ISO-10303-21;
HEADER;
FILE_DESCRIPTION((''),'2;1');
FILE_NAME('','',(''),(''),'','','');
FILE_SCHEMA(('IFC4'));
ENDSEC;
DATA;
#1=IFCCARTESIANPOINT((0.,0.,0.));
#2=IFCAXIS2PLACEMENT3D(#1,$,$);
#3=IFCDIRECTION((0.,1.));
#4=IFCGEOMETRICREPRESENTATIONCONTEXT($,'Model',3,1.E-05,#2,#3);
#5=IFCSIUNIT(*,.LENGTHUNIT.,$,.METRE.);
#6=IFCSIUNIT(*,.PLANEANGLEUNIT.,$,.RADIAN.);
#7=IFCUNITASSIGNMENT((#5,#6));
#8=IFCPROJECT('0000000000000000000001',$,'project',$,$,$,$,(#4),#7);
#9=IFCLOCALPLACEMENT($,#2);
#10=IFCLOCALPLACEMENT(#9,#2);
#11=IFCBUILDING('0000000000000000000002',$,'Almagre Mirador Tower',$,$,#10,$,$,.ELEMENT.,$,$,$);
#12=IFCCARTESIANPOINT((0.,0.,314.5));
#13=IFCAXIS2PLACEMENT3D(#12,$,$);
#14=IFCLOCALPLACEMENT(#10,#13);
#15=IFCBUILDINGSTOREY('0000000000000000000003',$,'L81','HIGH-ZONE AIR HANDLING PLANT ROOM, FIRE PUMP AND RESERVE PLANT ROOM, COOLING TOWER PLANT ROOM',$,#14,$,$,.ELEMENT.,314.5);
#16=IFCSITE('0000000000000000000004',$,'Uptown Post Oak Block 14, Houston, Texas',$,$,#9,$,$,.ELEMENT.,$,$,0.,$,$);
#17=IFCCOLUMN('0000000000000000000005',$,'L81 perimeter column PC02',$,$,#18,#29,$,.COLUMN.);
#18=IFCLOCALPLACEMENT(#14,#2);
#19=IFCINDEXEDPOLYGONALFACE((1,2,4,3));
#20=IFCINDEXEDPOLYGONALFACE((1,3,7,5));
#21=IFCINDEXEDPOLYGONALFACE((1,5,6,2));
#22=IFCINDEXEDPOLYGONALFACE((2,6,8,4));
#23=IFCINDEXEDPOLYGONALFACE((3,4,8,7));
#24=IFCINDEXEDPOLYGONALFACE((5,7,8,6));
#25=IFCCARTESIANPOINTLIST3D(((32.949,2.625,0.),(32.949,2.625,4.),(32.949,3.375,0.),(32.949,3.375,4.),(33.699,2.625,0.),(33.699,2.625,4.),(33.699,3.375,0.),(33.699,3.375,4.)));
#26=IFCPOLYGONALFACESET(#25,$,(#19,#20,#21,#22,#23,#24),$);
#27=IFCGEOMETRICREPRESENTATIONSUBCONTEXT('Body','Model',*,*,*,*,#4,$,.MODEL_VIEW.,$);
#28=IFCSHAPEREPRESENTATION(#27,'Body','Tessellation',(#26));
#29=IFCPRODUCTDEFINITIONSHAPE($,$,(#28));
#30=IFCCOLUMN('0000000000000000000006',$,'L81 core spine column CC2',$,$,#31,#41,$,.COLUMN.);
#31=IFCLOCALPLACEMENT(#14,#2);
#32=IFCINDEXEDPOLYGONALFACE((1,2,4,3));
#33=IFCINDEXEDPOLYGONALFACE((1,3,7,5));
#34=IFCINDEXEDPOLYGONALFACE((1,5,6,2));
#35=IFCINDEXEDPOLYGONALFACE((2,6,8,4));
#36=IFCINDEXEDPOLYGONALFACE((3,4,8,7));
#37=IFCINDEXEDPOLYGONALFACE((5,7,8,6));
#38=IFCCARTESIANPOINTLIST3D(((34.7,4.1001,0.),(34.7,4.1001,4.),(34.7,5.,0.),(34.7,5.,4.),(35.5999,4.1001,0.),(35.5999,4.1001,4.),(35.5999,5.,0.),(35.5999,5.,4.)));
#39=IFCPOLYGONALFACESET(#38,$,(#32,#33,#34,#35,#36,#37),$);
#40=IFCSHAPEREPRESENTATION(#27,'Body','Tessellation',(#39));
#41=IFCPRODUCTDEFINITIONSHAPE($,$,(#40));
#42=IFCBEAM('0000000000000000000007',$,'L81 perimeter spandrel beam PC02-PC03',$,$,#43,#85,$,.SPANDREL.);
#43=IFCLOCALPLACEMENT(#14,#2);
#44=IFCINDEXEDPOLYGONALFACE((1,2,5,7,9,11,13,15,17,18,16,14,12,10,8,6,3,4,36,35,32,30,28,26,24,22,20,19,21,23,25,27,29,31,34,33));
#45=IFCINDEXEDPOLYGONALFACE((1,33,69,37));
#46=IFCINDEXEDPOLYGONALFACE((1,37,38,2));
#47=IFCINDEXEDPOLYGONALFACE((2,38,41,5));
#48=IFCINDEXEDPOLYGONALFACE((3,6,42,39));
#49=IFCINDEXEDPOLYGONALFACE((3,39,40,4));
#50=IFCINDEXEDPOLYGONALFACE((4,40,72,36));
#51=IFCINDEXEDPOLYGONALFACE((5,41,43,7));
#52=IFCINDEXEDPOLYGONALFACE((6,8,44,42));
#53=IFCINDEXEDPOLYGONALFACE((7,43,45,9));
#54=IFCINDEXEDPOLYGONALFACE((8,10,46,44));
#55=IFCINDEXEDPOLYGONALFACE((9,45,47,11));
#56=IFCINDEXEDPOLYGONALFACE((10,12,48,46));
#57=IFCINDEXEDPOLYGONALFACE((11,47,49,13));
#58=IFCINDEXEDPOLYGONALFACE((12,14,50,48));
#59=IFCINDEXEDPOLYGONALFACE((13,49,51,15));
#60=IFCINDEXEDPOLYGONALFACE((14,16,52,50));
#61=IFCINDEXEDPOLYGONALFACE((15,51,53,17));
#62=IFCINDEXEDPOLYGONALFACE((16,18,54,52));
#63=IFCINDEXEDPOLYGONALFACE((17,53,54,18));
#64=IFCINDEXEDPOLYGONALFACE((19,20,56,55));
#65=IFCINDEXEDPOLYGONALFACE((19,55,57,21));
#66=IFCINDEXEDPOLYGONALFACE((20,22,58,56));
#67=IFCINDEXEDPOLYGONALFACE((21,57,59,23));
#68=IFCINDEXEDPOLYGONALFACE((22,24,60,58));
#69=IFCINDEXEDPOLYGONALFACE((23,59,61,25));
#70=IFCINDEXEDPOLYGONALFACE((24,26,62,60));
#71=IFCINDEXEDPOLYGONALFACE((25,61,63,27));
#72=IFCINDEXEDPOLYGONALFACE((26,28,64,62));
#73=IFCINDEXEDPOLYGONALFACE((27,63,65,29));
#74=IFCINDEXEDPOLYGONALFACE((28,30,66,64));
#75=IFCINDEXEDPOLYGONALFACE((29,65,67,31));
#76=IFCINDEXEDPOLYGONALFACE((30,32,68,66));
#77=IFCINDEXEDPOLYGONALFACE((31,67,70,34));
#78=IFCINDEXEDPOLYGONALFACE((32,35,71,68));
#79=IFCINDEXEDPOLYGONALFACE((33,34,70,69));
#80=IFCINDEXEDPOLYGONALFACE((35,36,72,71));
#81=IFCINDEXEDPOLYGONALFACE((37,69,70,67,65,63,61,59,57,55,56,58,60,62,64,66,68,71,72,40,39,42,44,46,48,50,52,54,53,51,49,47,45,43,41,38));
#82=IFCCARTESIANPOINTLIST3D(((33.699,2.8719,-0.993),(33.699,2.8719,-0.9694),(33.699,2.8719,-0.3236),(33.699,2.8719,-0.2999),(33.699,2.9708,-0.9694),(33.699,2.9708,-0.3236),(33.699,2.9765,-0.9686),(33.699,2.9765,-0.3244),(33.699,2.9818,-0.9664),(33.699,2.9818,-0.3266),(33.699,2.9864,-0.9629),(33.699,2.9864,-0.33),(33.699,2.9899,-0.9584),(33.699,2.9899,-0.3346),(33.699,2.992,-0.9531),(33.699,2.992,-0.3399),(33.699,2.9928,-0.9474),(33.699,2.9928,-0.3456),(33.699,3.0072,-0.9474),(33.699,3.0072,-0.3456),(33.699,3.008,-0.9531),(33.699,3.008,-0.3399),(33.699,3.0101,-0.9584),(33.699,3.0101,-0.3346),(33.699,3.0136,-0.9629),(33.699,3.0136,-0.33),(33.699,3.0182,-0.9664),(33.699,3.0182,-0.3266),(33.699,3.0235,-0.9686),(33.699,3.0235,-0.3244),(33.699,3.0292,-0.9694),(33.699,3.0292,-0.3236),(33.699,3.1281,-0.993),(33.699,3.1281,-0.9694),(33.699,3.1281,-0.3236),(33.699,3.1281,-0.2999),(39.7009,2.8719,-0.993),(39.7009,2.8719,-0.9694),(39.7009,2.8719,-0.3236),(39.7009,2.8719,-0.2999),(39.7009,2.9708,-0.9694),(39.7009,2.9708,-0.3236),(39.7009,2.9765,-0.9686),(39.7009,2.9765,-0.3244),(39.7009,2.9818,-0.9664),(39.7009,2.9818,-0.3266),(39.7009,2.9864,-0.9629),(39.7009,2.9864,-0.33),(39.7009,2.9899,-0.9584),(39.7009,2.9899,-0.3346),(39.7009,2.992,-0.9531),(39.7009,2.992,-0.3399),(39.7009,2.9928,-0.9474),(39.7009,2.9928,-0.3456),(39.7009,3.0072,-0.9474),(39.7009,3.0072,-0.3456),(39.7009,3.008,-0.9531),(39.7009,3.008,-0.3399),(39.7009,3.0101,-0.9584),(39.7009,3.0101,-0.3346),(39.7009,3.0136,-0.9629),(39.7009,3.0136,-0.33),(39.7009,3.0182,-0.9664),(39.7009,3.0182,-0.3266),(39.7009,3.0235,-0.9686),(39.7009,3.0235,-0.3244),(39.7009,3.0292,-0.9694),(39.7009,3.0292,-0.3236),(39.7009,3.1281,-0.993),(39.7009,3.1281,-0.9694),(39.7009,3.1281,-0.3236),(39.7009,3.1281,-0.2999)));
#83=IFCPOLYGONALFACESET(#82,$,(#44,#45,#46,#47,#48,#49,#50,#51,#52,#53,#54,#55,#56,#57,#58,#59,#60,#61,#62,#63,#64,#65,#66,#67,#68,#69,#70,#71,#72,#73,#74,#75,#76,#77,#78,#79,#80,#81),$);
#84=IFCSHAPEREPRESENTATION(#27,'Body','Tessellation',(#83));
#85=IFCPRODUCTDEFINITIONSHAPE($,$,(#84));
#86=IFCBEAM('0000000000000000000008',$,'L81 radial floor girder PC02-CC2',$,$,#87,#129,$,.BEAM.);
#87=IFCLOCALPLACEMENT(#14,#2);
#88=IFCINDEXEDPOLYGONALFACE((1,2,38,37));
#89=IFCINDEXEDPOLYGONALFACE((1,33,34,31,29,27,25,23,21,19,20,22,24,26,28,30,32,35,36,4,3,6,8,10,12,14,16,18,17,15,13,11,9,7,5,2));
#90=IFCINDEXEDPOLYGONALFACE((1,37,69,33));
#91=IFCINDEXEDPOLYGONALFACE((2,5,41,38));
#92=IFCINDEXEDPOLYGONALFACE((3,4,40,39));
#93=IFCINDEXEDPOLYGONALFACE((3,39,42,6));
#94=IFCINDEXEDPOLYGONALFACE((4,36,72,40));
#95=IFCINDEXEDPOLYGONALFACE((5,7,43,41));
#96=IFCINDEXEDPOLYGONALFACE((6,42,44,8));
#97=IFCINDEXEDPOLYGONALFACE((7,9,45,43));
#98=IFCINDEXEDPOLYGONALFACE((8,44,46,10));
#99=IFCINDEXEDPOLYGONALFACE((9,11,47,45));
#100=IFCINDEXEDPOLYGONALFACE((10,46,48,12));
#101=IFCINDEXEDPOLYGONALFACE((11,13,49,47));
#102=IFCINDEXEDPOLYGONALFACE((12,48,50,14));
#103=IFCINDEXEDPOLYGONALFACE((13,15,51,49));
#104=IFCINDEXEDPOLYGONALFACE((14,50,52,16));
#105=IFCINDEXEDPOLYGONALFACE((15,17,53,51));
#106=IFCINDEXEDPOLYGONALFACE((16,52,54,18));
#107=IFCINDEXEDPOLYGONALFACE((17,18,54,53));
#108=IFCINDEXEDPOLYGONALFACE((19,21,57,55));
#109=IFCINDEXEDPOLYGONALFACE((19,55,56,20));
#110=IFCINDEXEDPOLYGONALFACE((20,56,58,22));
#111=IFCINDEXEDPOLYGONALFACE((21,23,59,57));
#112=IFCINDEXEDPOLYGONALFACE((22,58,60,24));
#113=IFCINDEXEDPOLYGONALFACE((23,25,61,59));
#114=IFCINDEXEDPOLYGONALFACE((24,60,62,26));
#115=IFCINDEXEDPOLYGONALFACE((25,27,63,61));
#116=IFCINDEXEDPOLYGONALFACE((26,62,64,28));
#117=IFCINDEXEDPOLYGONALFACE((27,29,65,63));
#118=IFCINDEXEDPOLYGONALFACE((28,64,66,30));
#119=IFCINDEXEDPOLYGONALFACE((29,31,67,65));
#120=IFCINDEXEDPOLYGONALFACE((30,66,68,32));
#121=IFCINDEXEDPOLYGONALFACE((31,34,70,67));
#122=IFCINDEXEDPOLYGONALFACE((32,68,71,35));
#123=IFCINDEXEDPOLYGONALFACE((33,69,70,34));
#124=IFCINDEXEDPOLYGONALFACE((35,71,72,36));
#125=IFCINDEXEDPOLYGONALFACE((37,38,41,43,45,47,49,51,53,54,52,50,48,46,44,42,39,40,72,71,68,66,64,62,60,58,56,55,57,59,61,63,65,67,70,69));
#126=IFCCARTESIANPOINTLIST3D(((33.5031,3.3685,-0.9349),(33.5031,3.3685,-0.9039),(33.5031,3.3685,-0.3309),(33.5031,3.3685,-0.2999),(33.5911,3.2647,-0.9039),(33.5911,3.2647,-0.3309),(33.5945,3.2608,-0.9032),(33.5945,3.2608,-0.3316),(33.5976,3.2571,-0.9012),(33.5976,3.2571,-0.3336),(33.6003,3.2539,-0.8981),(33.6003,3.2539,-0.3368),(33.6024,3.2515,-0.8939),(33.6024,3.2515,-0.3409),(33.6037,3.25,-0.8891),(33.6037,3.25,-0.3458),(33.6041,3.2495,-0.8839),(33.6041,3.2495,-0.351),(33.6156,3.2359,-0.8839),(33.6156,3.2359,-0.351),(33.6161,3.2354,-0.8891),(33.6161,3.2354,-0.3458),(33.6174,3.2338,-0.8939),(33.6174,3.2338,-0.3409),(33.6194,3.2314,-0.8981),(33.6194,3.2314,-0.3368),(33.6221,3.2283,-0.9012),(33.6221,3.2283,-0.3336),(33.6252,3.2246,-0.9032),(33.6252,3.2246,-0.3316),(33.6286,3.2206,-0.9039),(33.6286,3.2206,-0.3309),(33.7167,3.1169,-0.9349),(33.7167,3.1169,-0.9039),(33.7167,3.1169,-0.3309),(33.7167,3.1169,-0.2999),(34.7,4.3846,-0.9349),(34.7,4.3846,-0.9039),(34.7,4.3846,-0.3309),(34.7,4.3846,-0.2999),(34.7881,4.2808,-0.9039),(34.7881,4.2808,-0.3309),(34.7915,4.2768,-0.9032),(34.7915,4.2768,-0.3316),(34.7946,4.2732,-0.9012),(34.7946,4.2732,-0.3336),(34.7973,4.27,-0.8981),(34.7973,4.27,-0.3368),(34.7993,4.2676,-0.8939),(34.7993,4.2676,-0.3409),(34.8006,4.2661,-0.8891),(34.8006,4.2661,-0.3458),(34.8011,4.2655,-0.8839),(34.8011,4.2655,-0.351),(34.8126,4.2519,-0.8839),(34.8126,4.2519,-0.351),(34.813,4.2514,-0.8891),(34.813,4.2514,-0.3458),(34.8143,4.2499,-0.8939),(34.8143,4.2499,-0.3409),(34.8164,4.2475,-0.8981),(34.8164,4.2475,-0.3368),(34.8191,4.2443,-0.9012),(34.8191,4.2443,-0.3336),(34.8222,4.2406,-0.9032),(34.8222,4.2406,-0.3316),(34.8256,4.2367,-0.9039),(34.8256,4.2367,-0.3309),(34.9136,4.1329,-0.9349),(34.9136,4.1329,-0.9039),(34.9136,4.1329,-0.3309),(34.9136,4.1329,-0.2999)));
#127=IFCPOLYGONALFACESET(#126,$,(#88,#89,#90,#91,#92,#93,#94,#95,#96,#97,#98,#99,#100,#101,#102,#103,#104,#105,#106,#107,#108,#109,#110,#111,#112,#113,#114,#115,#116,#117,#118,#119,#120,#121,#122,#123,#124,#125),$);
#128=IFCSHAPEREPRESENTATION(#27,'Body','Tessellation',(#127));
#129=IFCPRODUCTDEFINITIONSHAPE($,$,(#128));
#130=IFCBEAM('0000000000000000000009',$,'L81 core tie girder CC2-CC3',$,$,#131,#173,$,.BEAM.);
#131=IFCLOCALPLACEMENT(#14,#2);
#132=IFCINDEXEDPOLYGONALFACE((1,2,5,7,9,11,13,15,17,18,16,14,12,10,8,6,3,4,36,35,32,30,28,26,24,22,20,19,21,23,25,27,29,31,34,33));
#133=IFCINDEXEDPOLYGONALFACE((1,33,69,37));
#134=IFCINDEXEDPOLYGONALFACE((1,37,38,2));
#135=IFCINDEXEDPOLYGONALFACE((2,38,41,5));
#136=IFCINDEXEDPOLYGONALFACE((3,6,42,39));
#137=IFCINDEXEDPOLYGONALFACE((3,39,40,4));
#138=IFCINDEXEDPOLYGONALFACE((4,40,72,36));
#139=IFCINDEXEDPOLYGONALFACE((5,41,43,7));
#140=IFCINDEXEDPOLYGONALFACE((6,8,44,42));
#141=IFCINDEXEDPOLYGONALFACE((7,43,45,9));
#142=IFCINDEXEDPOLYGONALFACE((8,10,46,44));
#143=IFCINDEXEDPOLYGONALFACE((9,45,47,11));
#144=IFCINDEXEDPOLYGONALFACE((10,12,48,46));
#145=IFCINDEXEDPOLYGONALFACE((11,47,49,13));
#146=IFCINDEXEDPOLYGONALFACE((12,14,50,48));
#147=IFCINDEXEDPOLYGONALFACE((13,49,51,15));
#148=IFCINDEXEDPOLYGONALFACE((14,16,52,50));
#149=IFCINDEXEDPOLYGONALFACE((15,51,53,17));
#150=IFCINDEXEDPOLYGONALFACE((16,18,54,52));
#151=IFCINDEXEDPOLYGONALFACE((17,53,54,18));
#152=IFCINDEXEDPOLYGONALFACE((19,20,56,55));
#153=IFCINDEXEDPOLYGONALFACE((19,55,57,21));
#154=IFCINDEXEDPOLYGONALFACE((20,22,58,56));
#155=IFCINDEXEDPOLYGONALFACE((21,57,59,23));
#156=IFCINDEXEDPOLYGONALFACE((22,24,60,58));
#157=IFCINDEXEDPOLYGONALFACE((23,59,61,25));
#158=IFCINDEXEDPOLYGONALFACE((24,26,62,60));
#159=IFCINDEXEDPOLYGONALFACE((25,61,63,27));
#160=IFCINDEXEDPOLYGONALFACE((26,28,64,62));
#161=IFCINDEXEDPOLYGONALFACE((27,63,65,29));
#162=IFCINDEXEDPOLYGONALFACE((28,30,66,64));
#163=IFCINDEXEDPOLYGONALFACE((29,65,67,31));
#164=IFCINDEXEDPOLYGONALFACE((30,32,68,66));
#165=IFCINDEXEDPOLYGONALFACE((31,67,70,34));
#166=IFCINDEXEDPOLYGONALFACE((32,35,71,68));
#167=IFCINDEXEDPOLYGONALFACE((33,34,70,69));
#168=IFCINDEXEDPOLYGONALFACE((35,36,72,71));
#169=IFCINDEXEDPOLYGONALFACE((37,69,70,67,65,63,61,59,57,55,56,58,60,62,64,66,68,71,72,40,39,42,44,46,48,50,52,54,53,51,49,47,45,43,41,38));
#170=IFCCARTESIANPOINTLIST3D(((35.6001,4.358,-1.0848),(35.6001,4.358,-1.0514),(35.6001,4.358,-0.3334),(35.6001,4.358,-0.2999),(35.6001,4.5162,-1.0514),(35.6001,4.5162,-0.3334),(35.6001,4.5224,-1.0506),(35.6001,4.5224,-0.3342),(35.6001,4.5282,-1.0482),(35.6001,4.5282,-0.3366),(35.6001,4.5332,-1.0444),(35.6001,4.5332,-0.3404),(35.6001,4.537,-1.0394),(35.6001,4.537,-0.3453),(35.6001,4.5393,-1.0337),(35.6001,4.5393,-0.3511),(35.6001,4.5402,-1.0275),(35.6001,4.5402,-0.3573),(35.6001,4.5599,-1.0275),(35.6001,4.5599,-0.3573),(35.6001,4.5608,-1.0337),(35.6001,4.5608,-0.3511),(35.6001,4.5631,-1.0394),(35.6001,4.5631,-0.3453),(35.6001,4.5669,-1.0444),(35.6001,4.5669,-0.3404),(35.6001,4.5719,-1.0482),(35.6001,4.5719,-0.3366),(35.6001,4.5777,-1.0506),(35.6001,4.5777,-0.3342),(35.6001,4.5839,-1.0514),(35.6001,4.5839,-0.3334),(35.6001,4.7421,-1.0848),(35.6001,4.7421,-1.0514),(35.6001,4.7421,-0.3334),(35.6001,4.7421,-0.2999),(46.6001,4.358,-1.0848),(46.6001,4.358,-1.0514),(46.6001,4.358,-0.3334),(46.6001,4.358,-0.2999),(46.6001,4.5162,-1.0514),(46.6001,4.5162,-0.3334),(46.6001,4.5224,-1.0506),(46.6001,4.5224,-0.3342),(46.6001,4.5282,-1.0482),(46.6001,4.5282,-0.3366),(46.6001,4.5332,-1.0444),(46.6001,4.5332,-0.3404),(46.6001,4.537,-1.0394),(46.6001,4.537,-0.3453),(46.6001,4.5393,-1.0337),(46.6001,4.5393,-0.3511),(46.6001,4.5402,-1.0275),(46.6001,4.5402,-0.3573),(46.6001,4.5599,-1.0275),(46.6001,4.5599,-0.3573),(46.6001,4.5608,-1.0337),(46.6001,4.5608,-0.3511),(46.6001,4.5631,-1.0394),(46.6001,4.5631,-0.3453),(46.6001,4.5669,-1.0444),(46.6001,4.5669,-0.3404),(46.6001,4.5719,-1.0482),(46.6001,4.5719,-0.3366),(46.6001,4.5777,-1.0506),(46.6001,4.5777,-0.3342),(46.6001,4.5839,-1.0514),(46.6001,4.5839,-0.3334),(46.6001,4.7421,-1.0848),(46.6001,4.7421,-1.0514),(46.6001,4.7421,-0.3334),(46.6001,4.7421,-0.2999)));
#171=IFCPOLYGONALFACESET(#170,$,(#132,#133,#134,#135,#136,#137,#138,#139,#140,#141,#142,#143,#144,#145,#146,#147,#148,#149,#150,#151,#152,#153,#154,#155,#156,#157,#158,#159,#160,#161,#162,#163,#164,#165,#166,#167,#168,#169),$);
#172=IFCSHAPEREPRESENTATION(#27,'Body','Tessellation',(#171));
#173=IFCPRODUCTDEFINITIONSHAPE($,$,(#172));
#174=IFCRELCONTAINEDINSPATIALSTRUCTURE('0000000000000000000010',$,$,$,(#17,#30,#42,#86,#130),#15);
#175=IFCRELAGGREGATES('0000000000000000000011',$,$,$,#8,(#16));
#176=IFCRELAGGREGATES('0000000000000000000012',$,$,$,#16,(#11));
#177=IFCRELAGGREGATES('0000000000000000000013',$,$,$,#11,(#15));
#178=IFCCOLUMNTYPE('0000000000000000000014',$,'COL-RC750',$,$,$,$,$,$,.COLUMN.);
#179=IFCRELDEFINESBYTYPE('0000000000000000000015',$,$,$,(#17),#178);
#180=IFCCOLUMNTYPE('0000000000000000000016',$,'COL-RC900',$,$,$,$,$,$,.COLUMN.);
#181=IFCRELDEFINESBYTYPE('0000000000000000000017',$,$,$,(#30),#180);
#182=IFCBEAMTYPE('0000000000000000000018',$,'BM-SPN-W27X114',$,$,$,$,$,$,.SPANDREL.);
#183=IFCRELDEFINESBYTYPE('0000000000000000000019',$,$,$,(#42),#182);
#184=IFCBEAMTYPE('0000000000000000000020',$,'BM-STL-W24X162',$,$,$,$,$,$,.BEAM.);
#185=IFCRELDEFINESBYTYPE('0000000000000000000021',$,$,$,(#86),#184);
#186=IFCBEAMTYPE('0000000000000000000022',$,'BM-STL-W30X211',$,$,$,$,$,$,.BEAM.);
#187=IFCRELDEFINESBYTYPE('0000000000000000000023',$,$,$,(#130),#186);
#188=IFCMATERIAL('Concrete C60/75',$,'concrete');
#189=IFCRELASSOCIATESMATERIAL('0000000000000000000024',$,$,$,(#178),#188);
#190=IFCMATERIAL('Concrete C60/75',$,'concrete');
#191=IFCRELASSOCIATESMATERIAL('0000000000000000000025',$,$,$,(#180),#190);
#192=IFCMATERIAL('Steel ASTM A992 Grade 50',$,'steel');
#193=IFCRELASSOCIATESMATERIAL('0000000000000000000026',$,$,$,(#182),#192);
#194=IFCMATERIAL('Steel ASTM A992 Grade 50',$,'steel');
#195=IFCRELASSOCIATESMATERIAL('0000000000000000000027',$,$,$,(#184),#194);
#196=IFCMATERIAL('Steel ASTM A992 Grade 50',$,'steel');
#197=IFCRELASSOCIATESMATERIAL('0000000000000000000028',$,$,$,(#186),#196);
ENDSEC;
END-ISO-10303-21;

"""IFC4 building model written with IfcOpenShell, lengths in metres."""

from ifc_helpers import new_model, si_unit, direction, frame, origin, origin_2d, place, context, subcontext, project, spatial, rectangle, i_section, extrude, material, material_profile, profile_set, type_object, element, save


model = new_model("IFC4")

# Units and contexts
model_context = context("Model", 3, precision=1e-05, world=origin(), true_north=direction((0.0, 1.0)))
body_context = subcontext(model_context, "Body", "Model", "MODEL_VIEW")
ifc_project = project(units=[si_unit("LENGTHUNIT", "METRE"), si_unit("PLANEANGLEUNIT", "RADIAN")], contexts=[model_context])

# Site, building, storey
site_placement = place(None, origin())
site = spatial("IfcSite", under=ifc_project, at=site_placement, Name="Uptown Post Oak Block 14, Houston, Texas", CompositionType="ELEMENT", RefElevation=0.0)
building_placement = place(site_placement, origin())
building = spatial("IfcBuilding", under=site, at=building_placement, Name="Almagre Mirador Tower", CompositionType="ELEMENT")
storey_placement = place(building_placement, frame((0.0, 0.0, 314.5)))
storey = spatial("IfcBuildingStorey", under=building, at=storey_placement, Name="L81", Description="HIGH-ZONE AIR HANDLING PLANT ROOM, FIRE PUMP AND RESERVE PLANT ROOM, COOLING TOWER PLANT ROOM", CompositionType="ELEMENT", Elevation=314.5)

# Columns
ifc_material_1 = material(Name="Concrete C60/75", Category="concrete")
ifc_material_profile_1 = material_profile(ifc_material_1, rectangle(XDim=0.75, YDim=0.75, at=origin_2d()), Name="RC750X750")
ifc_profile_set_1 = profile_set([ifc_material_profile_1], Name="Concrete C60/75")
column_type_1 = type_object("IfcColumnType", Name="COL-RC750", PredefinedType="COLUMN", material=ifc_profile_set_1)
column_1_placement = place(storey_placement, frame((33.324, 3.0, 0.0), z_axis=(0.0, 0.0, 1.0), x_axis=(1.0, 0.0, 0.0)))
element("IfcColumn", 1, at=column_1_placement, inside=storey, type_object=column_type_1, Name="L81 perimeter column PC02", PredefinedType="COLUMN", context=body_context, shape_type="SweptSolid", body=[
    extrude(rectangle(XDim=0.75, YDim=0.75, at=origin_2d()), origin(), (0.0, 0.0, 1.0), 4.0),
])
ifc_material_2 = material(Name="Concrete C60/75", Category="concrete")
ifc_material_profile_2 = material_profile(ifc_material_2, rectangle(XDim=0.8999, YDim=0.8999, at=origin_2d()), Name="RC900X900")
ifc_profile_set_2 = profile_set([ifc_material_profile_2], Name="Concrete C60/75")
column_type_2 = type_object("IfcColumnType", Name="COL-RC900", PredefinedType="COLUMN", material=ifc_profile_set_2)
column_2_placement = place(storey_placement, frame((35.1499, 4.55, 0.0), z_axis=(0.0, 0.0, 1.0), x_axis=(1.0, 0.0, 0.0)))
element("IfcColumn", 2, at=column_2_placement, inside=storey, type_object=column_type_2, Name="L81 core spine column CC2", PredefinedType="COLUMN", context=body_context, shape_type="SweptSolid", body=[
    extrude(rectangle(XDim=0.8999, YDim=0.8999, at=origin_2d()), origin(), (0.0, 0.0, 1.0), 4.0),
])

# Beams
ifc_material_3 = material(Name="Steel ASTM A992 Grade 50", Category="steel")
ifc_material_profile_3 = material_profile(ifc_material_3, i_section(OverallWidth=0.2561, OverallDepth=0.6931, WebThickness=0.0144, FlangeThickness=0.0237, FilletRadius=0.022, at=origin_2d()), Name="W27X114")
ifc_profile_set_3 = profile_set([ifc_material_profile_3], Name="Steel ASTM A992 Grade 50")
beam_type_1 = type_object("IfcBeamType", Name="BM-SPN-W27X114", PredefinedType="SPANDREL", material=ifc_profile_set_3)
beam_1_placement = place(storey_placement, frame((33.699, 3.0, -0.6465), z_axis=(1.0, 0.0, 0.0), x_axis=(0.0, 1.0, 0.0)))
element("IfcBeam", 3, at=beam_1_placement, inside=storey, type_object=beam_type_1, Name="L81 perimeter spandrel beam PC02-PC03", PredefinedType="SPANDREL", context=body_context, shape_type="SweptSolid", body=[
    extrude(i_section(OverallWidth=0.2561, OverallDepth=0.6931, WebThickness=0.0144, FlangeThickness=0.0237, FilletRadius=0.022, at=origin_2d()), origin(), (0.0, 0.0, 1.0), 6.002),
])
ifc_material_4 = material(Name="Steel ASTM A992 Grade 50", Category="steel")
ifc_material_profile_4 = material_profile(ifc_material_4, i_section(OverallWidth=0.3301, OverallDepth=0.635, WebThickness=0.0178, FlangeThickness=0.031, FilletRadius=0.02, at=origin_2d()), Name="W24X162")
ifc_profile_set_4 = profile_set([ifc_material_profile_4], Name="Steel ASTM A992 Grade 50")
beam_type_2 = type_object("IfcBeamType", Name="BM-STL-W24X162", PredefinedType="BEAM", material=ifc_profile_set_4)
beam_2_placement = place(storey_placement, frame((33.6099, 3.2427, -0.6174), z_axis=(0.762365, 0.647147, 0.0), x_axis=(-0.647147, 0.762365, 0.0)))
element("IfcBeam", 4, at=beam_2_placement, inside=storey, type_object=beam_type_2, Name="L81 radial floor girder PC02-CC2", PredefinedType="BEAM", context=body_context, shape_type="SweptSolid", body=[
    extrude(i_section(OverallWidth=0.3301, OverallDepth=0.635, WebThickness=0.0178, FlangeThickness=0.031, FilletRadius=0.02, at=origin_2d()), origin(), (0.0, 0.0, 1.0), 1.5701),
])
ifc_material_5 = material(Name="Steel ASTM A992 Grade 50", Category="steel")
ifc_material_profile_5 = material_profile(ifc_material_5, i_section(OverallWidth=0.384, OverallDepth=0.7849, WebThickness=0.0198, FlangeThickness=0.0334, FilletRadius=0.0239, at=origin_2d()), Name="W30X211")
ifc_profile_set_5 = profile_set([ifc_material_profile_5], Name="Steel ASTM A992 Grade 50")
beam_type_3 = type_object("IfcBeamType", Name="BM-STL-W30X211", PredefinedType="BEAM", material=ifc_profile_set_5)
beam_3_placement = place(storey_placement, frame((35.6001, 4.55, -0.6924), z_axis=(1.0, 0.0, 0.0), x_axis=(0.0, 1.0, 0.0)))
element("IfcBeam", 5, at=beam_3_placement, inside=storey, type_object=beam_type_3, Name="L81 core tie girder CC2-CC3", PredefinedType="BEAM", context=body_context, shape_type="SweptSolid", body=[
    extrude(i_section(OverallWidth=0.384, OverallDepth=0.7849, WebThickness=0.0198, FlangeThickness=0.0334, FilletRadius=0.0239, at=origin_2d()), origin(), (0.0, 0.0, 1.0), 11.0),
])

save(model, "model.ifc")
